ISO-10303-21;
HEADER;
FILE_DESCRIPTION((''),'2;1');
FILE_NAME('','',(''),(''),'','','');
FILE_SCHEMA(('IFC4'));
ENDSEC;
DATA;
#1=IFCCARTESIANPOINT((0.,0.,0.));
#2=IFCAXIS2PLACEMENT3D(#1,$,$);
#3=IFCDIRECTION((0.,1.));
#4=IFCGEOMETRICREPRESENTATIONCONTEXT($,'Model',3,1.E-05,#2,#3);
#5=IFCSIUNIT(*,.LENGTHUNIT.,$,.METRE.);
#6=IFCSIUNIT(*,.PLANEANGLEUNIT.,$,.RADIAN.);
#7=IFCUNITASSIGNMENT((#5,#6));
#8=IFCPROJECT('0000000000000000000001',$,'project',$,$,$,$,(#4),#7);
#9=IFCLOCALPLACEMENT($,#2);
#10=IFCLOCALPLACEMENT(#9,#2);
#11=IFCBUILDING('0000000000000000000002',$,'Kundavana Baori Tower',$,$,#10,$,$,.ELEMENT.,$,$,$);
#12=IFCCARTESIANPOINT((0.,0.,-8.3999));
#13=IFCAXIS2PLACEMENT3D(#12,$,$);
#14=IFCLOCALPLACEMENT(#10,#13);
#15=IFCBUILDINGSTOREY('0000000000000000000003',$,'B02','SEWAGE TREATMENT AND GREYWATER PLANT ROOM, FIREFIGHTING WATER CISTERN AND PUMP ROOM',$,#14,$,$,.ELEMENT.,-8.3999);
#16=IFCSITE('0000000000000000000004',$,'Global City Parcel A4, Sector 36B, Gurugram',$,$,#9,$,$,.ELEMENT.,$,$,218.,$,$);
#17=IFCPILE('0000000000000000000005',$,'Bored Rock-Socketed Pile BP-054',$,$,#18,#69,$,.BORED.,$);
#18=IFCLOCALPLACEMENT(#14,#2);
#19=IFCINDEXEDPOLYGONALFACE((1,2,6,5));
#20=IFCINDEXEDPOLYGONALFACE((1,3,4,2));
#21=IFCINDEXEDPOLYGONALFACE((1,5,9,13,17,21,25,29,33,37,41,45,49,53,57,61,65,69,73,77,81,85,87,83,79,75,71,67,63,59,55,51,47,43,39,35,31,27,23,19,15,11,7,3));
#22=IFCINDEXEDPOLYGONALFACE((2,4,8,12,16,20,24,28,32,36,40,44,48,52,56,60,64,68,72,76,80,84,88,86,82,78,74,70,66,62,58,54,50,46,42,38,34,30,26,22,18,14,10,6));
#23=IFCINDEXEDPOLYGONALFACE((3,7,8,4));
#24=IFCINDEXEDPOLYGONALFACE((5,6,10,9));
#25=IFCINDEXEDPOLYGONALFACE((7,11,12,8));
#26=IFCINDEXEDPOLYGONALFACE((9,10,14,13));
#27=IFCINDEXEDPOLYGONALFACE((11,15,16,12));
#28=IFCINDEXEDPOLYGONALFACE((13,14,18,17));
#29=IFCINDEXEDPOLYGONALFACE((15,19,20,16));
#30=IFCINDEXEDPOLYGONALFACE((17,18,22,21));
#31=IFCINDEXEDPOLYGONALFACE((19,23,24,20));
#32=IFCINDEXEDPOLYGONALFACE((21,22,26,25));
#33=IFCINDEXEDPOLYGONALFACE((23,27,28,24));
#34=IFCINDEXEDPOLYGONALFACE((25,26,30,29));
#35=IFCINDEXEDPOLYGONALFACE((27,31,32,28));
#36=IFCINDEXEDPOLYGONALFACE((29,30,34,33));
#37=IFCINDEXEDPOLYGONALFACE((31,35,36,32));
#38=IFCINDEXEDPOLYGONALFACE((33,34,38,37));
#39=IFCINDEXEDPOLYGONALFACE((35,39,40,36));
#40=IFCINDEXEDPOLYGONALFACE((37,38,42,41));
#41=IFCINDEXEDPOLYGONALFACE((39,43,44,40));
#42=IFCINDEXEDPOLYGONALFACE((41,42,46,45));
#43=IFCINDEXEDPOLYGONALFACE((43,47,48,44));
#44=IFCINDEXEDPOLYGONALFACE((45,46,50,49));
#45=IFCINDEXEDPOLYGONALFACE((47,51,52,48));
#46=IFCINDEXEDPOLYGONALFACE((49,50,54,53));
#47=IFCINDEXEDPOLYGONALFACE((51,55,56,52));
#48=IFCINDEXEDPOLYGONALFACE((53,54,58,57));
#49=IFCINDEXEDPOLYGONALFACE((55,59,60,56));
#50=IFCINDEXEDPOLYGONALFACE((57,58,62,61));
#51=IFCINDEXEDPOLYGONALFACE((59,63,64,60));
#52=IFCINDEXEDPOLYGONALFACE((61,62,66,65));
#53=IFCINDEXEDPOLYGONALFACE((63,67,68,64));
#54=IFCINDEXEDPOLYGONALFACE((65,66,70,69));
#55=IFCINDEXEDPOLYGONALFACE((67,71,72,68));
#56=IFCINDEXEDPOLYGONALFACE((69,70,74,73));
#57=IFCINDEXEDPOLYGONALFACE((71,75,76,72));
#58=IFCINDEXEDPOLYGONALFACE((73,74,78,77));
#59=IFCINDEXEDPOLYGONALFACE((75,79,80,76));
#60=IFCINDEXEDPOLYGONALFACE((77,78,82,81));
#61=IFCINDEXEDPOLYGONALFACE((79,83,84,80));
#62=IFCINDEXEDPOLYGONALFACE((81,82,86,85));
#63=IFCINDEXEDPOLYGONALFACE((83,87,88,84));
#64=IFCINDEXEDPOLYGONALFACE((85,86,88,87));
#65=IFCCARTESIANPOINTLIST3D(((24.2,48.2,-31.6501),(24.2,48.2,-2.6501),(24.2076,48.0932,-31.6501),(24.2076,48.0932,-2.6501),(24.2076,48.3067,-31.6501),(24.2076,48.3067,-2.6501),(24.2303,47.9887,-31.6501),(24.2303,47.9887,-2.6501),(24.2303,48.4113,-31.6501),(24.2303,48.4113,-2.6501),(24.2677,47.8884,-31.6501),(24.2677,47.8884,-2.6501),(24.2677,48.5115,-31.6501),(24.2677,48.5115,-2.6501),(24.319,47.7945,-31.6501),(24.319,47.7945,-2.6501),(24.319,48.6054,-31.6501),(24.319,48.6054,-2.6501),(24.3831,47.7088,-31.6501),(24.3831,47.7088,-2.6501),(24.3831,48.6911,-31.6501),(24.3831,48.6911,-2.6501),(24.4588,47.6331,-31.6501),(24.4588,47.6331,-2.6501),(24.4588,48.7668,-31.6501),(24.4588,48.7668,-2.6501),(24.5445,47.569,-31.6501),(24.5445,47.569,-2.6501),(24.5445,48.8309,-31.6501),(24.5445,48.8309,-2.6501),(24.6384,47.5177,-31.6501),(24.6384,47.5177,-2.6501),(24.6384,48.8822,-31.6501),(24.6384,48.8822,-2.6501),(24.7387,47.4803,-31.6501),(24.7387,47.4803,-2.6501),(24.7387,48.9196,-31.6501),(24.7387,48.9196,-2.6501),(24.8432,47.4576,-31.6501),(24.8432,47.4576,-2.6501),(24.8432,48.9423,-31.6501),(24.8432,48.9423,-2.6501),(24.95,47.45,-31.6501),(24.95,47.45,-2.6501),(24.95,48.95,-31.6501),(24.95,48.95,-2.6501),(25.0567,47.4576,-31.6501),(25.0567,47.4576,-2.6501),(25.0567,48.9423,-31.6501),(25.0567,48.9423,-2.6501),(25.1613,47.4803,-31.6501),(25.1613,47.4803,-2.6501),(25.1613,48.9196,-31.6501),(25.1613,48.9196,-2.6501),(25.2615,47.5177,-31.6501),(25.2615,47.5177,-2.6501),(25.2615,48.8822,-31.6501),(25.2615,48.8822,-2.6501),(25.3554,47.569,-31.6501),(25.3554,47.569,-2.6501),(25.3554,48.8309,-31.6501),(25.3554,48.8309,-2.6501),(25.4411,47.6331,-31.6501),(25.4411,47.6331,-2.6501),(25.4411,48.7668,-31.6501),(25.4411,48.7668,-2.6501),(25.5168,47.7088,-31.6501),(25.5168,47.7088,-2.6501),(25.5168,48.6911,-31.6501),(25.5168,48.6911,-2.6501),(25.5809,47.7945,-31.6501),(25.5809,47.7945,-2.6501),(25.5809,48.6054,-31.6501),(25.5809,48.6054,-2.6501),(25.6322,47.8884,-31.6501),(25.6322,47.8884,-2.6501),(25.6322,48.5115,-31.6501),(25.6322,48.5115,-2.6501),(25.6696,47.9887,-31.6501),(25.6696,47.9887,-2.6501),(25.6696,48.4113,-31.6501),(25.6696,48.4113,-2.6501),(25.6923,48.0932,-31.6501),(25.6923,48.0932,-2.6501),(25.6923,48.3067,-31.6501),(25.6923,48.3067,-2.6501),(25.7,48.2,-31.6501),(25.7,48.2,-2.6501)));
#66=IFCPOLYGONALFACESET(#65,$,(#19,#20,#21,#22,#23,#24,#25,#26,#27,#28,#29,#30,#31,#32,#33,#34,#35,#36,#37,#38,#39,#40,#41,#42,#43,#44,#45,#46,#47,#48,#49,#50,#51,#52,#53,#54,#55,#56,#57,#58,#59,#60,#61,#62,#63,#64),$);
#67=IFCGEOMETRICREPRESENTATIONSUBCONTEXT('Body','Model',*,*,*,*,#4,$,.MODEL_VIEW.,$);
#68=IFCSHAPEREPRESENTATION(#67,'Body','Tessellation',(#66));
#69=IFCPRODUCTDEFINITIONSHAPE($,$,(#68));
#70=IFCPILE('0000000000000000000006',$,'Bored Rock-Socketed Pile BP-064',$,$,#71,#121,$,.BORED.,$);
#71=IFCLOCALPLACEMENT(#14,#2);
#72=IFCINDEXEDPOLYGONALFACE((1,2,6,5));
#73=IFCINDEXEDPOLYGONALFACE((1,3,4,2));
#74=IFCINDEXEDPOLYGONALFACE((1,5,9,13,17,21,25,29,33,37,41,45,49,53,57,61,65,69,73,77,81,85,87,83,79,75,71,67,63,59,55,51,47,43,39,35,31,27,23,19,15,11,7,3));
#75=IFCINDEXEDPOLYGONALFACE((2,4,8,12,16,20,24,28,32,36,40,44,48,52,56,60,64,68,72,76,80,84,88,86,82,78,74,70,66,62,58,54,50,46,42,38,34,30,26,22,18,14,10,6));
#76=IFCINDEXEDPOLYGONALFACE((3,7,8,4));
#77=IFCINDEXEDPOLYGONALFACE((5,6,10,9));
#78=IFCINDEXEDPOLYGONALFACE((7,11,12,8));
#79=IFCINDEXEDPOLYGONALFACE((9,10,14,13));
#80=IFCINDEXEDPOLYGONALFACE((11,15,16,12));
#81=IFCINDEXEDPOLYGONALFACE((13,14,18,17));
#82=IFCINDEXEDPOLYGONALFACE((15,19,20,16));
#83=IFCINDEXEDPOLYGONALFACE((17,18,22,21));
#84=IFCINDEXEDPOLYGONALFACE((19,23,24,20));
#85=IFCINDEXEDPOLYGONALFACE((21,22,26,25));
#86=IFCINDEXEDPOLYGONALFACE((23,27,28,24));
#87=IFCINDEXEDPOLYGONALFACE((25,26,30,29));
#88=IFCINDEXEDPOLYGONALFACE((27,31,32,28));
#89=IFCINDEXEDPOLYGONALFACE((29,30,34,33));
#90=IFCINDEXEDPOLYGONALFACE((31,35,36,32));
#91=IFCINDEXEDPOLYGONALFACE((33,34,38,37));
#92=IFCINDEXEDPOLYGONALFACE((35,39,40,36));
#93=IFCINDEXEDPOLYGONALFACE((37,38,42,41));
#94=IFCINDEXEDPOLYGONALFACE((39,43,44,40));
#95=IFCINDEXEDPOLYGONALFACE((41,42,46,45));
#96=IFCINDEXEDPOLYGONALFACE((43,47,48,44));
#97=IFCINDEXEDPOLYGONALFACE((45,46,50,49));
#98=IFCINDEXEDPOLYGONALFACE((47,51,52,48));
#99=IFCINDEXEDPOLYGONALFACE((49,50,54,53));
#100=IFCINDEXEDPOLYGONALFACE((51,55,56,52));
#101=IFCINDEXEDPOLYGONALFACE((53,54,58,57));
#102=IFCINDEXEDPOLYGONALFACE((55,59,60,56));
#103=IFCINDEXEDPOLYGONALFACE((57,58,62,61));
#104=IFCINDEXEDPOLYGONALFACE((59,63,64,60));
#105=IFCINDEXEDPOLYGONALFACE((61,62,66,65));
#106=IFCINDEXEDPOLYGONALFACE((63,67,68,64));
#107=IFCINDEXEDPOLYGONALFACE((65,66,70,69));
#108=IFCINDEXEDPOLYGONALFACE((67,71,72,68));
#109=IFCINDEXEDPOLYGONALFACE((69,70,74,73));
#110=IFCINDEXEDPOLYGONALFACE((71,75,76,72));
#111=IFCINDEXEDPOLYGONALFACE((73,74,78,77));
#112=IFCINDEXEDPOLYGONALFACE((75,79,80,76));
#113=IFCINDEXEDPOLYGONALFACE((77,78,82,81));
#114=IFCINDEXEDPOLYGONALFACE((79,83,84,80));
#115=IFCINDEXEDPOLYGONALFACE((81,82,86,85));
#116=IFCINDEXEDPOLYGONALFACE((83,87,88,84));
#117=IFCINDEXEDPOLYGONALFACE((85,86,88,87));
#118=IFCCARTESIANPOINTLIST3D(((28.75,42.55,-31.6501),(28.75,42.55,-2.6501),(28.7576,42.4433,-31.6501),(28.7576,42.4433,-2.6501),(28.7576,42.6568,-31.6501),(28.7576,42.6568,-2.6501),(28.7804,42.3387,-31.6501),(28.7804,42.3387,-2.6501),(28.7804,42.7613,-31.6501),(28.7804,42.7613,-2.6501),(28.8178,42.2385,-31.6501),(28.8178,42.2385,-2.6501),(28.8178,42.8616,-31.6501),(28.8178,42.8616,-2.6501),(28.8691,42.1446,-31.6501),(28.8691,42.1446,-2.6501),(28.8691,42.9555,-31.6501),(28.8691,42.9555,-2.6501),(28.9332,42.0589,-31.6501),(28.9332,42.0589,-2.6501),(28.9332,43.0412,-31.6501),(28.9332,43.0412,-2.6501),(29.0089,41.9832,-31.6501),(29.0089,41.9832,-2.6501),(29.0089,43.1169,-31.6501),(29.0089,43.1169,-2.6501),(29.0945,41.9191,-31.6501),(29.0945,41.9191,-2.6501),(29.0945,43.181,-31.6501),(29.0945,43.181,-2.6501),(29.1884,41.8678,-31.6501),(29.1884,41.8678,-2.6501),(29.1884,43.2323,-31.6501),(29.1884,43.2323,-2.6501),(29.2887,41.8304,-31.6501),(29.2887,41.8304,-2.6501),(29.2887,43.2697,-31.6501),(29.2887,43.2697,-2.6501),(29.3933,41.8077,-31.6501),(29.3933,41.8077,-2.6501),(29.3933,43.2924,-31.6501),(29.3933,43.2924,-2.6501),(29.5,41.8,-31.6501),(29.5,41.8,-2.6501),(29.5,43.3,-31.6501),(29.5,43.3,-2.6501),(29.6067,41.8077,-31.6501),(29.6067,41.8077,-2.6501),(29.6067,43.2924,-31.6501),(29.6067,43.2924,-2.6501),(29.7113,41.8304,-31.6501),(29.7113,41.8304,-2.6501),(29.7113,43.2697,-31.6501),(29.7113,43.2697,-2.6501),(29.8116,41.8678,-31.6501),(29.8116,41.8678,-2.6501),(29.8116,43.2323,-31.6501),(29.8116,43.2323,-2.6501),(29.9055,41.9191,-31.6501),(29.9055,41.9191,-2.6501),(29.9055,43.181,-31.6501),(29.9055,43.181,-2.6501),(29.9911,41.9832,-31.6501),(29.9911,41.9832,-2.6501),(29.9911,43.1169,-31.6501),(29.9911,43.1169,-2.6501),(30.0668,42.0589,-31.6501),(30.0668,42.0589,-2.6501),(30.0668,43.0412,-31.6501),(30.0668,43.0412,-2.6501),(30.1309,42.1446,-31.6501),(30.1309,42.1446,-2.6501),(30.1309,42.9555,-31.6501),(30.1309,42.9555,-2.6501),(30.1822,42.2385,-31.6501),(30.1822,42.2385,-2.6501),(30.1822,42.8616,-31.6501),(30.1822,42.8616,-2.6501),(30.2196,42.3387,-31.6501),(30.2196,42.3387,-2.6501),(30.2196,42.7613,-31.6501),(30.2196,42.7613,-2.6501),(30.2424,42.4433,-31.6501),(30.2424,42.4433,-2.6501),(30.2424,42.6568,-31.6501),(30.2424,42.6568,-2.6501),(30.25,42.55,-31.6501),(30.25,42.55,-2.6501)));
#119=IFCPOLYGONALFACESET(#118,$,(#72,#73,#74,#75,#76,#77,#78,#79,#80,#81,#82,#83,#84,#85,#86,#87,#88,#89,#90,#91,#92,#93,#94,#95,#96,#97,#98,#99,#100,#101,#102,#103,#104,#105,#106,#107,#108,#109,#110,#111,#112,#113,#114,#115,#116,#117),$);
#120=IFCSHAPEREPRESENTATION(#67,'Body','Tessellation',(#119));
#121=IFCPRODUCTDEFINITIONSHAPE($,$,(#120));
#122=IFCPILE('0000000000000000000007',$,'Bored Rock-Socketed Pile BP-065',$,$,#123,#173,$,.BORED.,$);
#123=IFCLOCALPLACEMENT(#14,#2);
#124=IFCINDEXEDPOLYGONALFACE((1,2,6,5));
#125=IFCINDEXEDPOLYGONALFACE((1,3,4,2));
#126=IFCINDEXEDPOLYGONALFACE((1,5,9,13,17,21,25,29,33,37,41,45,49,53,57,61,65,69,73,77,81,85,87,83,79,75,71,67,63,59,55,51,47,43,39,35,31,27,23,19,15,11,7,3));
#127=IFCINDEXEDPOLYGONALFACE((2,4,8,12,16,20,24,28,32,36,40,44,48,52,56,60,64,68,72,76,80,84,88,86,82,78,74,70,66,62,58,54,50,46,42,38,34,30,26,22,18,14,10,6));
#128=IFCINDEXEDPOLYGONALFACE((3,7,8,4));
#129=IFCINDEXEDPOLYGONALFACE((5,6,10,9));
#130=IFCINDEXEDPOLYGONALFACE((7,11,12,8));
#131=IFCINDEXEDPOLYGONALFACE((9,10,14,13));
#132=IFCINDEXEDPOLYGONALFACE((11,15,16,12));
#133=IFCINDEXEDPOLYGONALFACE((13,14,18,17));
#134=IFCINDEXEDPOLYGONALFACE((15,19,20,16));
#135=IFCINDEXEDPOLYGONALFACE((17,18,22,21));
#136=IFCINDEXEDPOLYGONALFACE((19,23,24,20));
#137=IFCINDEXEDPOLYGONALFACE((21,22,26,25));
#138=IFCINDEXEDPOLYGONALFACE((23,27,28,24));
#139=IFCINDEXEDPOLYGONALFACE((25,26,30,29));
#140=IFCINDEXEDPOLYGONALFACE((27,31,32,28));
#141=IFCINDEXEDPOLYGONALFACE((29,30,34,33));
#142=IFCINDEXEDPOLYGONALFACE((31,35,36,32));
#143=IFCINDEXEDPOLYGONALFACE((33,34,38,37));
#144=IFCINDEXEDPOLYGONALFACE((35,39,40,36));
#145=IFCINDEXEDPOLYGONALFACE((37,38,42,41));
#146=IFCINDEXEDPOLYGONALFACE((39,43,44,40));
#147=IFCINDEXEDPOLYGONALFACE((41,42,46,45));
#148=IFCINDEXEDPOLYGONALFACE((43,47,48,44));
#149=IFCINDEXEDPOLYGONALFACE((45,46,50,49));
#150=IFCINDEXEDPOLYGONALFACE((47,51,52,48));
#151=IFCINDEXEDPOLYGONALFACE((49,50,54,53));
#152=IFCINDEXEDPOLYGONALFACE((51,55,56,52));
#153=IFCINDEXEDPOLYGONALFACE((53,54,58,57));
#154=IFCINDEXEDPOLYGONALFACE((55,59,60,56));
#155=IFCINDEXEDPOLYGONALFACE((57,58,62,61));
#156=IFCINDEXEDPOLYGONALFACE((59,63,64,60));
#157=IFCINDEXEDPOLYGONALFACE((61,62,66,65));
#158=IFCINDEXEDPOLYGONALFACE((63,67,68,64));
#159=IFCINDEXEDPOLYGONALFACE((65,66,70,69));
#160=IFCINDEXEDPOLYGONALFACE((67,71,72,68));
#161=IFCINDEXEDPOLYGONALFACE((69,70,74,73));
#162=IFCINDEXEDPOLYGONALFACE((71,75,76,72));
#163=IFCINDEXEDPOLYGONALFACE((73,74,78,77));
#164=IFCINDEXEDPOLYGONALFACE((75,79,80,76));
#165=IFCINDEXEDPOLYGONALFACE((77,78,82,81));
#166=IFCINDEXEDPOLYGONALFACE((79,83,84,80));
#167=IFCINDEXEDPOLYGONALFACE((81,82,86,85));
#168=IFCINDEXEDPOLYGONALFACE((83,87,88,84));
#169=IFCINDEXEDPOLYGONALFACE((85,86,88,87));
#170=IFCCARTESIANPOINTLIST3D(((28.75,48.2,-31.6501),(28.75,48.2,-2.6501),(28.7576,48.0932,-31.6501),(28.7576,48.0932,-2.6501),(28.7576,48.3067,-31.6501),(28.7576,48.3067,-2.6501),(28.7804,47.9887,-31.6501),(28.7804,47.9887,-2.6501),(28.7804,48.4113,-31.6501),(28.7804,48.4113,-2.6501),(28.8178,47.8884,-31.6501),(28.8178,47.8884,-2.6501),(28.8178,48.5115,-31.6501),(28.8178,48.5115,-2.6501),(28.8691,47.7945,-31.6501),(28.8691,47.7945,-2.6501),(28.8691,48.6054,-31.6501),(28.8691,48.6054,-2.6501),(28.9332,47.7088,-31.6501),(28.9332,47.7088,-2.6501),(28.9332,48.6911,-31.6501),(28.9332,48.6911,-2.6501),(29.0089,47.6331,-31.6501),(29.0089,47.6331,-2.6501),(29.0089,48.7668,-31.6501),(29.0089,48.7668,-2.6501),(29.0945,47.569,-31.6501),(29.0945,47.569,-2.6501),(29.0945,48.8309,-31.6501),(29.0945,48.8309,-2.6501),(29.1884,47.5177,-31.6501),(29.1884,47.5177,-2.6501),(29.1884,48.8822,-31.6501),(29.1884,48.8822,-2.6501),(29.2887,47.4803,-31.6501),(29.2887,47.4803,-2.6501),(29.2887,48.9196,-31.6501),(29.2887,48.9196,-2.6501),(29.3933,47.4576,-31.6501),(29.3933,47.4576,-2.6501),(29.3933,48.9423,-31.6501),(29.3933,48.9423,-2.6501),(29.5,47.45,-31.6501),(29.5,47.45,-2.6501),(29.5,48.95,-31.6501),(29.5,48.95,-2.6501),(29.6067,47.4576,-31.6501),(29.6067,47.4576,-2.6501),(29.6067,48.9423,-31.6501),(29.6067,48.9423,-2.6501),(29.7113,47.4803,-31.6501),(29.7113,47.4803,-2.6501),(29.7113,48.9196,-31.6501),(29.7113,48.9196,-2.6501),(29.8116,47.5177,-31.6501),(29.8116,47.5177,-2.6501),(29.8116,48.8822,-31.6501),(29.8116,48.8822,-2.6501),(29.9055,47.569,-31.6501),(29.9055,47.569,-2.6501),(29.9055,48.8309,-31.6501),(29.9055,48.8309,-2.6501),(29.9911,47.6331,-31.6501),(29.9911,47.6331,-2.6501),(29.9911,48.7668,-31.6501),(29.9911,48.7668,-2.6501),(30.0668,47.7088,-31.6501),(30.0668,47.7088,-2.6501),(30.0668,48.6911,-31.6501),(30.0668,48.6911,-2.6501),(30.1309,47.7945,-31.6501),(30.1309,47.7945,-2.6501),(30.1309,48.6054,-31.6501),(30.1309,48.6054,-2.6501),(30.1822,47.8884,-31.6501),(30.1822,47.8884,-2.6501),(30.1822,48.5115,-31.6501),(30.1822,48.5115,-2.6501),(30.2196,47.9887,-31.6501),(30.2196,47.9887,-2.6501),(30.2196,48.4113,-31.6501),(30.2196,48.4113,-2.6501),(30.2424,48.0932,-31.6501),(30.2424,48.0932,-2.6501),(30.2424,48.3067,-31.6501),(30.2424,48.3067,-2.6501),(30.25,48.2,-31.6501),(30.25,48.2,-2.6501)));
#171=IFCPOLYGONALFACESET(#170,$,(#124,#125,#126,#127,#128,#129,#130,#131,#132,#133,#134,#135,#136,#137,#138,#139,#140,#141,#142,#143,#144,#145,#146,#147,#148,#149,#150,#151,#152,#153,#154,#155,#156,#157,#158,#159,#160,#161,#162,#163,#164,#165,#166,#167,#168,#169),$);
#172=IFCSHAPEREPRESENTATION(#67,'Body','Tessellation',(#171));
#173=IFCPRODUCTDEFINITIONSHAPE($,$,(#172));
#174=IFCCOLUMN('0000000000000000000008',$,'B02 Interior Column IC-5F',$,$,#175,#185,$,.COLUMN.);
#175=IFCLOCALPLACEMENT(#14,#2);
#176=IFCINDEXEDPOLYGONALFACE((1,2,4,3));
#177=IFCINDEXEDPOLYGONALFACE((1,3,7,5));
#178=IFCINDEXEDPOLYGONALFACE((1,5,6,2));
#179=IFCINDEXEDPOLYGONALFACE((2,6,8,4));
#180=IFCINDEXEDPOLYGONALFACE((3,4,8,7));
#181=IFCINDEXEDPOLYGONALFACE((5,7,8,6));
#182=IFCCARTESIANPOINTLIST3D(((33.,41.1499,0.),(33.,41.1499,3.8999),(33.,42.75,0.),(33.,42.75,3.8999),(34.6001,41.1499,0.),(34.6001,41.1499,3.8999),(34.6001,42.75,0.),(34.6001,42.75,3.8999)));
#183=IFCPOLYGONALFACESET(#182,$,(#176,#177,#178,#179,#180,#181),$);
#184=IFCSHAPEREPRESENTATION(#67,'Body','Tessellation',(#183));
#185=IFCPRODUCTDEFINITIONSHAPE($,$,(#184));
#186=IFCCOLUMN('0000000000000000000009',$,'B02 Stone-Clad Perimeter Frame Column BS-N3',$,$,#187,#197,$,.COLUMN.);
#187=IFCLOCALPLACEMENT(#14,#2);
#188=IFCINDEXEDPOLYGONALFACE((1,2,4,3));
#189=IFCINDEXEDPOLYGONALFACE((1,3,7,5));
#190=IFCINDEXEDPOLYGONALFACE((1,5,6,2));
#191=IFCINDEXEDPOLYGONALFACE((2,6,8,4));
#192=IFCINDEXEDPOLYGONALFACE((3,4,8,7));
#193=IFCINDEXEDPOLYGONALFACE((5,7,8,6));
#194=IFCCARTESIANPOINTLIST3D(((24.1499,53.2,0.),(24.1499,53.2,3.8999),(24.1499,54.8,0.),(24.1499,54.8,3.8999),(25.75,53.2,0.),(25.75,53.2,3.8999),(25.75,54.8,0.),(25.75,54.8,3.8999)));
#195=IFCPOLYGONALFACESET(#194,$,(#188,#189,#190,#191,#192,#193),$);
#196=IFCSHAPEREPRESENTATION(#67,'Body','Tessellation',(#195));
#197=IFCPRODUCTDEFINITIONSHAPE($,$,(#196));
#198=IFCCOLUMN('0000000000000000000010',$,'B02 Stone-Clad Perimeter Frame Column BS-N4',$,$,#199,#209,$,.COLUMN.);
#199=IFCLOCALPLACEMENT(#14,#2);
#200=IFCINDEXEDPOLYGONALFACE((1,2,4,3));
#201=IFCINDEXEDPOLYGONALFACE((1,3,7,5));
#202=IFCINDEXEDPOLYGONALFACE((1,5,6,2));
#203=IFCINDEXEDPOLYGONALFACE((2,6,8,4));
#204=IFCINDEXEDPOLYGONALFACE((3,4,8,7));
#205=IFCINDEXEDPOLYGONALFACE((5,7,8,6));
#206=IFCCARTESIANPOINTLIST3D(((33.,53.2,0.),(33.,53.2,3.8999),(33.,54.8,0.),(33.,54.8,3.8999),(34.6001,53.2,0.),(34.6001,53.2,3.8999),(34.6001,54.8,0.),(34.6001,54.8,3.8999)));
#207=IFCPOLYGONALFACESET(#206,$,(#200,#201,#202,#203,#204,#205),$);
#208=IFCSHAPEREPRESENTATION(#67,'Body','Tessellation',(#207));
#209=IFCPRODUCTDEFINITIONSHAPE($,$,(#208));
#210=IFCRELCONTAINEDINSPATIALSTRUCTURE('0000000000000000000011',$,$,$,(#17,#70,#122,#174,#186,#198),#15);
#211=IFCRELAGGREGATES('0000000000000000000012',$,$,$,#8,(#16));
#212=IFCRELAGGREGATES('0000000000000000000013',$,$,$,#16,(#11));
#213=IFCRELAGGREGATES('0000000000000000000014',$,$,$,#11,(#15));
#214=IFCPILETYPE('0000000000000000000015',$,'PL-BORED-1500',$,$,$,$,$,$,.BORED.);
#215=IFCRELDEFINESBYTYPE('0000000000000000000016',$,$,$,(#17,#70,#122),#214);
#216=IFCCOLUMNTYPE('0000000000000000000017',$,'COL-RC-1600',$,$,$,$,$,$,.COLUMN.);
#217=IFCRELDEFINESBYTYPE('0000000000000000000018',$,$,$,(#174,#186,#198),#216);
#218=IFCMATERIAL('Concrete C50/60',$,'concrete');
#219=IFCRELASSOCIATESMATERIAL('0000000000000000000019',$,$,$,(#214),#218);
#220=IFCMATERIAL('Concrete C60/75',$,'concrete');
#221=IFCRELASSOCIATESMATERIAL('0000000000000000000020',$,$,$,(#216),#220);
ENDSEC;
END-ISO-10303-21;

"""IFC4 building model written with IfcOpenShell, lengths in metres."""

from ifc_helpers import new_model, si_unit, direction, frame, origin, origin_2d, place, context, subcontext, project, spatial, rectangle, circle, extrude, material, material_profile, profile_set, type_object, element, save


model = new_model("IFC4")

# Units and contexts
model_context = context("Model", 3, precision=1e-05, world=origin(), true_north=direction((0.0, 1.0)))
body_context = subcontext(model_context, "Body", "Model", "MODEL_VIEW")
ifc_project = project(units=[si_unit("LENGTHUNIT", "METRE"), si_unit("PLANEANGLEUNIT", "RADIAN")], contexts=[model_context])

# Site, building, storey
site_placement = place(None, origin())
site = spatial("IfcSite", under=ifc_project, at=site_placement, Name="Global City Parcel A4, Sector 36B, Gurugram", CompositionType="ELEMENT", RefElevation=218.0)
building_placement = place(site_placement, origin())
building = spatial("IfcBuilding", under=site, at=building_placement, Name="Kundavana Baori Tower", CompositionType="ELEMENT")
storey_placement = place(building_placement, frame((0.0, 0.0, -8.3999)))
storey = spatial("IfcBuildingStorey", under=building, at=storey_placement, Name="B02", Description="SEWAGE TREATMENT AND GREYWATER PLANT ROOM, FIREFIGHTING WATER CISTERN AND PUMP ROOM", CompositionType="ELEMENT", Elevation=-8.3999)

# Piles
ifc_material_1 = material(Name="Concrete C50/60", Category="concrete")
ifc_material_profile_1 = material_profile(ifc_material_1, circle(Radius=0.75, at=origin_2d()), Name="BORED PILE D1500")
ifc_profile_set_1 = profile_set([ifc_material_profile_1], Name="Concrete C50/60")
pile_type_1 = type_object("IfcPileType", Name="PL-BORED-1500", PredefinedType="BORED", material=ifc_profile_set_1)
for number, where, z_axis, x_axis, name in (
    (1, (24.95, 48.2, -2.6501), (0.0, 0.0, -1.0), (1.0, 0.0, 0.0), "Bored Rock-Socketed Pile BP-054"),
    (2, (29.5, 42.55, -2.6501), (0.0, 0.0, -1.0), (1.0, 0.0, 0.0), "Bored Rock-Socketed Pile BP-064"),
    (3, (29.5, 48.2, -2.6501), (0.0, 0.0, -1.0), (1.0, 0.0, 0.0), "Bored Rock-Socketed Pile BP-065"),
):
    element("IfcPile", number, at=place(storey_placement, frame(where, z_axis=z_axis, x_axis=x_axis)), inside=storey, type_object=pile_type_1, Name=name, PredefinedType="BORED", context=body_context, shape_type="SweptSolid", body=[
        extrude(circle(Radius=0.75, at=origin_2d()), origin(), (0.0, 0.0, 1.0), 29.0),
    ])

# Columns
ifc_material_2 = material(Name="Concrete C60/75", Category="concrete")
ifc_material_profile_2 = material_profile(ifc_material_2, rectangle(XDim=1.6001, YDim=1.6001, at=origin_2d()), Name="RC 1600x1600")
ifc_profile_set_2 = profile_set([ifc_material_profile_2], Name="Concrete C60/75")
column_type_1 = type_object("IfcColumnType", Name="COL-RC-1600", PredefinedType="COLUMN", material=ifc_profile_set_2)
for number, where, z_axis, x_axis, name in (
    (4, (33.8, 41.95, 0.0), (0.0, 0.0, 1.0), (1.0, 0.0, 0.0), "B02 Interior Column IC-5F"),
    (5, (24.95, 54.0, 0.0), (0.0, 0.0, 1.0), (1.0, 0.0, 0.0), "B02 Stone-Clad Perimeter Frame Column BS-N3"),
    (6, (33.8, 54.0, 0.0), (0.0, 0.0, 1.0), (1.0, 0.0, 0.0), "B02 Stone-Clad Perimeter Frame Column BS-N4"),
):
    element("IfcColumn", number, at=place(storey_placement, frame(where, z_axis=z_axis, x_axis=x_axis)), inside=storey, type_object=column_type_1, Name=name, PredefinedType="COLUMN", context=body_context, shape_type="SweptSolid", body=[
        extrude(rectangle(XDim=1.6001, YDim=1.6001, at=origin_2d()), origin(), (0.0, 0.0, 1.0), 3.8999),
    ])

save(model, "model.ifc")
